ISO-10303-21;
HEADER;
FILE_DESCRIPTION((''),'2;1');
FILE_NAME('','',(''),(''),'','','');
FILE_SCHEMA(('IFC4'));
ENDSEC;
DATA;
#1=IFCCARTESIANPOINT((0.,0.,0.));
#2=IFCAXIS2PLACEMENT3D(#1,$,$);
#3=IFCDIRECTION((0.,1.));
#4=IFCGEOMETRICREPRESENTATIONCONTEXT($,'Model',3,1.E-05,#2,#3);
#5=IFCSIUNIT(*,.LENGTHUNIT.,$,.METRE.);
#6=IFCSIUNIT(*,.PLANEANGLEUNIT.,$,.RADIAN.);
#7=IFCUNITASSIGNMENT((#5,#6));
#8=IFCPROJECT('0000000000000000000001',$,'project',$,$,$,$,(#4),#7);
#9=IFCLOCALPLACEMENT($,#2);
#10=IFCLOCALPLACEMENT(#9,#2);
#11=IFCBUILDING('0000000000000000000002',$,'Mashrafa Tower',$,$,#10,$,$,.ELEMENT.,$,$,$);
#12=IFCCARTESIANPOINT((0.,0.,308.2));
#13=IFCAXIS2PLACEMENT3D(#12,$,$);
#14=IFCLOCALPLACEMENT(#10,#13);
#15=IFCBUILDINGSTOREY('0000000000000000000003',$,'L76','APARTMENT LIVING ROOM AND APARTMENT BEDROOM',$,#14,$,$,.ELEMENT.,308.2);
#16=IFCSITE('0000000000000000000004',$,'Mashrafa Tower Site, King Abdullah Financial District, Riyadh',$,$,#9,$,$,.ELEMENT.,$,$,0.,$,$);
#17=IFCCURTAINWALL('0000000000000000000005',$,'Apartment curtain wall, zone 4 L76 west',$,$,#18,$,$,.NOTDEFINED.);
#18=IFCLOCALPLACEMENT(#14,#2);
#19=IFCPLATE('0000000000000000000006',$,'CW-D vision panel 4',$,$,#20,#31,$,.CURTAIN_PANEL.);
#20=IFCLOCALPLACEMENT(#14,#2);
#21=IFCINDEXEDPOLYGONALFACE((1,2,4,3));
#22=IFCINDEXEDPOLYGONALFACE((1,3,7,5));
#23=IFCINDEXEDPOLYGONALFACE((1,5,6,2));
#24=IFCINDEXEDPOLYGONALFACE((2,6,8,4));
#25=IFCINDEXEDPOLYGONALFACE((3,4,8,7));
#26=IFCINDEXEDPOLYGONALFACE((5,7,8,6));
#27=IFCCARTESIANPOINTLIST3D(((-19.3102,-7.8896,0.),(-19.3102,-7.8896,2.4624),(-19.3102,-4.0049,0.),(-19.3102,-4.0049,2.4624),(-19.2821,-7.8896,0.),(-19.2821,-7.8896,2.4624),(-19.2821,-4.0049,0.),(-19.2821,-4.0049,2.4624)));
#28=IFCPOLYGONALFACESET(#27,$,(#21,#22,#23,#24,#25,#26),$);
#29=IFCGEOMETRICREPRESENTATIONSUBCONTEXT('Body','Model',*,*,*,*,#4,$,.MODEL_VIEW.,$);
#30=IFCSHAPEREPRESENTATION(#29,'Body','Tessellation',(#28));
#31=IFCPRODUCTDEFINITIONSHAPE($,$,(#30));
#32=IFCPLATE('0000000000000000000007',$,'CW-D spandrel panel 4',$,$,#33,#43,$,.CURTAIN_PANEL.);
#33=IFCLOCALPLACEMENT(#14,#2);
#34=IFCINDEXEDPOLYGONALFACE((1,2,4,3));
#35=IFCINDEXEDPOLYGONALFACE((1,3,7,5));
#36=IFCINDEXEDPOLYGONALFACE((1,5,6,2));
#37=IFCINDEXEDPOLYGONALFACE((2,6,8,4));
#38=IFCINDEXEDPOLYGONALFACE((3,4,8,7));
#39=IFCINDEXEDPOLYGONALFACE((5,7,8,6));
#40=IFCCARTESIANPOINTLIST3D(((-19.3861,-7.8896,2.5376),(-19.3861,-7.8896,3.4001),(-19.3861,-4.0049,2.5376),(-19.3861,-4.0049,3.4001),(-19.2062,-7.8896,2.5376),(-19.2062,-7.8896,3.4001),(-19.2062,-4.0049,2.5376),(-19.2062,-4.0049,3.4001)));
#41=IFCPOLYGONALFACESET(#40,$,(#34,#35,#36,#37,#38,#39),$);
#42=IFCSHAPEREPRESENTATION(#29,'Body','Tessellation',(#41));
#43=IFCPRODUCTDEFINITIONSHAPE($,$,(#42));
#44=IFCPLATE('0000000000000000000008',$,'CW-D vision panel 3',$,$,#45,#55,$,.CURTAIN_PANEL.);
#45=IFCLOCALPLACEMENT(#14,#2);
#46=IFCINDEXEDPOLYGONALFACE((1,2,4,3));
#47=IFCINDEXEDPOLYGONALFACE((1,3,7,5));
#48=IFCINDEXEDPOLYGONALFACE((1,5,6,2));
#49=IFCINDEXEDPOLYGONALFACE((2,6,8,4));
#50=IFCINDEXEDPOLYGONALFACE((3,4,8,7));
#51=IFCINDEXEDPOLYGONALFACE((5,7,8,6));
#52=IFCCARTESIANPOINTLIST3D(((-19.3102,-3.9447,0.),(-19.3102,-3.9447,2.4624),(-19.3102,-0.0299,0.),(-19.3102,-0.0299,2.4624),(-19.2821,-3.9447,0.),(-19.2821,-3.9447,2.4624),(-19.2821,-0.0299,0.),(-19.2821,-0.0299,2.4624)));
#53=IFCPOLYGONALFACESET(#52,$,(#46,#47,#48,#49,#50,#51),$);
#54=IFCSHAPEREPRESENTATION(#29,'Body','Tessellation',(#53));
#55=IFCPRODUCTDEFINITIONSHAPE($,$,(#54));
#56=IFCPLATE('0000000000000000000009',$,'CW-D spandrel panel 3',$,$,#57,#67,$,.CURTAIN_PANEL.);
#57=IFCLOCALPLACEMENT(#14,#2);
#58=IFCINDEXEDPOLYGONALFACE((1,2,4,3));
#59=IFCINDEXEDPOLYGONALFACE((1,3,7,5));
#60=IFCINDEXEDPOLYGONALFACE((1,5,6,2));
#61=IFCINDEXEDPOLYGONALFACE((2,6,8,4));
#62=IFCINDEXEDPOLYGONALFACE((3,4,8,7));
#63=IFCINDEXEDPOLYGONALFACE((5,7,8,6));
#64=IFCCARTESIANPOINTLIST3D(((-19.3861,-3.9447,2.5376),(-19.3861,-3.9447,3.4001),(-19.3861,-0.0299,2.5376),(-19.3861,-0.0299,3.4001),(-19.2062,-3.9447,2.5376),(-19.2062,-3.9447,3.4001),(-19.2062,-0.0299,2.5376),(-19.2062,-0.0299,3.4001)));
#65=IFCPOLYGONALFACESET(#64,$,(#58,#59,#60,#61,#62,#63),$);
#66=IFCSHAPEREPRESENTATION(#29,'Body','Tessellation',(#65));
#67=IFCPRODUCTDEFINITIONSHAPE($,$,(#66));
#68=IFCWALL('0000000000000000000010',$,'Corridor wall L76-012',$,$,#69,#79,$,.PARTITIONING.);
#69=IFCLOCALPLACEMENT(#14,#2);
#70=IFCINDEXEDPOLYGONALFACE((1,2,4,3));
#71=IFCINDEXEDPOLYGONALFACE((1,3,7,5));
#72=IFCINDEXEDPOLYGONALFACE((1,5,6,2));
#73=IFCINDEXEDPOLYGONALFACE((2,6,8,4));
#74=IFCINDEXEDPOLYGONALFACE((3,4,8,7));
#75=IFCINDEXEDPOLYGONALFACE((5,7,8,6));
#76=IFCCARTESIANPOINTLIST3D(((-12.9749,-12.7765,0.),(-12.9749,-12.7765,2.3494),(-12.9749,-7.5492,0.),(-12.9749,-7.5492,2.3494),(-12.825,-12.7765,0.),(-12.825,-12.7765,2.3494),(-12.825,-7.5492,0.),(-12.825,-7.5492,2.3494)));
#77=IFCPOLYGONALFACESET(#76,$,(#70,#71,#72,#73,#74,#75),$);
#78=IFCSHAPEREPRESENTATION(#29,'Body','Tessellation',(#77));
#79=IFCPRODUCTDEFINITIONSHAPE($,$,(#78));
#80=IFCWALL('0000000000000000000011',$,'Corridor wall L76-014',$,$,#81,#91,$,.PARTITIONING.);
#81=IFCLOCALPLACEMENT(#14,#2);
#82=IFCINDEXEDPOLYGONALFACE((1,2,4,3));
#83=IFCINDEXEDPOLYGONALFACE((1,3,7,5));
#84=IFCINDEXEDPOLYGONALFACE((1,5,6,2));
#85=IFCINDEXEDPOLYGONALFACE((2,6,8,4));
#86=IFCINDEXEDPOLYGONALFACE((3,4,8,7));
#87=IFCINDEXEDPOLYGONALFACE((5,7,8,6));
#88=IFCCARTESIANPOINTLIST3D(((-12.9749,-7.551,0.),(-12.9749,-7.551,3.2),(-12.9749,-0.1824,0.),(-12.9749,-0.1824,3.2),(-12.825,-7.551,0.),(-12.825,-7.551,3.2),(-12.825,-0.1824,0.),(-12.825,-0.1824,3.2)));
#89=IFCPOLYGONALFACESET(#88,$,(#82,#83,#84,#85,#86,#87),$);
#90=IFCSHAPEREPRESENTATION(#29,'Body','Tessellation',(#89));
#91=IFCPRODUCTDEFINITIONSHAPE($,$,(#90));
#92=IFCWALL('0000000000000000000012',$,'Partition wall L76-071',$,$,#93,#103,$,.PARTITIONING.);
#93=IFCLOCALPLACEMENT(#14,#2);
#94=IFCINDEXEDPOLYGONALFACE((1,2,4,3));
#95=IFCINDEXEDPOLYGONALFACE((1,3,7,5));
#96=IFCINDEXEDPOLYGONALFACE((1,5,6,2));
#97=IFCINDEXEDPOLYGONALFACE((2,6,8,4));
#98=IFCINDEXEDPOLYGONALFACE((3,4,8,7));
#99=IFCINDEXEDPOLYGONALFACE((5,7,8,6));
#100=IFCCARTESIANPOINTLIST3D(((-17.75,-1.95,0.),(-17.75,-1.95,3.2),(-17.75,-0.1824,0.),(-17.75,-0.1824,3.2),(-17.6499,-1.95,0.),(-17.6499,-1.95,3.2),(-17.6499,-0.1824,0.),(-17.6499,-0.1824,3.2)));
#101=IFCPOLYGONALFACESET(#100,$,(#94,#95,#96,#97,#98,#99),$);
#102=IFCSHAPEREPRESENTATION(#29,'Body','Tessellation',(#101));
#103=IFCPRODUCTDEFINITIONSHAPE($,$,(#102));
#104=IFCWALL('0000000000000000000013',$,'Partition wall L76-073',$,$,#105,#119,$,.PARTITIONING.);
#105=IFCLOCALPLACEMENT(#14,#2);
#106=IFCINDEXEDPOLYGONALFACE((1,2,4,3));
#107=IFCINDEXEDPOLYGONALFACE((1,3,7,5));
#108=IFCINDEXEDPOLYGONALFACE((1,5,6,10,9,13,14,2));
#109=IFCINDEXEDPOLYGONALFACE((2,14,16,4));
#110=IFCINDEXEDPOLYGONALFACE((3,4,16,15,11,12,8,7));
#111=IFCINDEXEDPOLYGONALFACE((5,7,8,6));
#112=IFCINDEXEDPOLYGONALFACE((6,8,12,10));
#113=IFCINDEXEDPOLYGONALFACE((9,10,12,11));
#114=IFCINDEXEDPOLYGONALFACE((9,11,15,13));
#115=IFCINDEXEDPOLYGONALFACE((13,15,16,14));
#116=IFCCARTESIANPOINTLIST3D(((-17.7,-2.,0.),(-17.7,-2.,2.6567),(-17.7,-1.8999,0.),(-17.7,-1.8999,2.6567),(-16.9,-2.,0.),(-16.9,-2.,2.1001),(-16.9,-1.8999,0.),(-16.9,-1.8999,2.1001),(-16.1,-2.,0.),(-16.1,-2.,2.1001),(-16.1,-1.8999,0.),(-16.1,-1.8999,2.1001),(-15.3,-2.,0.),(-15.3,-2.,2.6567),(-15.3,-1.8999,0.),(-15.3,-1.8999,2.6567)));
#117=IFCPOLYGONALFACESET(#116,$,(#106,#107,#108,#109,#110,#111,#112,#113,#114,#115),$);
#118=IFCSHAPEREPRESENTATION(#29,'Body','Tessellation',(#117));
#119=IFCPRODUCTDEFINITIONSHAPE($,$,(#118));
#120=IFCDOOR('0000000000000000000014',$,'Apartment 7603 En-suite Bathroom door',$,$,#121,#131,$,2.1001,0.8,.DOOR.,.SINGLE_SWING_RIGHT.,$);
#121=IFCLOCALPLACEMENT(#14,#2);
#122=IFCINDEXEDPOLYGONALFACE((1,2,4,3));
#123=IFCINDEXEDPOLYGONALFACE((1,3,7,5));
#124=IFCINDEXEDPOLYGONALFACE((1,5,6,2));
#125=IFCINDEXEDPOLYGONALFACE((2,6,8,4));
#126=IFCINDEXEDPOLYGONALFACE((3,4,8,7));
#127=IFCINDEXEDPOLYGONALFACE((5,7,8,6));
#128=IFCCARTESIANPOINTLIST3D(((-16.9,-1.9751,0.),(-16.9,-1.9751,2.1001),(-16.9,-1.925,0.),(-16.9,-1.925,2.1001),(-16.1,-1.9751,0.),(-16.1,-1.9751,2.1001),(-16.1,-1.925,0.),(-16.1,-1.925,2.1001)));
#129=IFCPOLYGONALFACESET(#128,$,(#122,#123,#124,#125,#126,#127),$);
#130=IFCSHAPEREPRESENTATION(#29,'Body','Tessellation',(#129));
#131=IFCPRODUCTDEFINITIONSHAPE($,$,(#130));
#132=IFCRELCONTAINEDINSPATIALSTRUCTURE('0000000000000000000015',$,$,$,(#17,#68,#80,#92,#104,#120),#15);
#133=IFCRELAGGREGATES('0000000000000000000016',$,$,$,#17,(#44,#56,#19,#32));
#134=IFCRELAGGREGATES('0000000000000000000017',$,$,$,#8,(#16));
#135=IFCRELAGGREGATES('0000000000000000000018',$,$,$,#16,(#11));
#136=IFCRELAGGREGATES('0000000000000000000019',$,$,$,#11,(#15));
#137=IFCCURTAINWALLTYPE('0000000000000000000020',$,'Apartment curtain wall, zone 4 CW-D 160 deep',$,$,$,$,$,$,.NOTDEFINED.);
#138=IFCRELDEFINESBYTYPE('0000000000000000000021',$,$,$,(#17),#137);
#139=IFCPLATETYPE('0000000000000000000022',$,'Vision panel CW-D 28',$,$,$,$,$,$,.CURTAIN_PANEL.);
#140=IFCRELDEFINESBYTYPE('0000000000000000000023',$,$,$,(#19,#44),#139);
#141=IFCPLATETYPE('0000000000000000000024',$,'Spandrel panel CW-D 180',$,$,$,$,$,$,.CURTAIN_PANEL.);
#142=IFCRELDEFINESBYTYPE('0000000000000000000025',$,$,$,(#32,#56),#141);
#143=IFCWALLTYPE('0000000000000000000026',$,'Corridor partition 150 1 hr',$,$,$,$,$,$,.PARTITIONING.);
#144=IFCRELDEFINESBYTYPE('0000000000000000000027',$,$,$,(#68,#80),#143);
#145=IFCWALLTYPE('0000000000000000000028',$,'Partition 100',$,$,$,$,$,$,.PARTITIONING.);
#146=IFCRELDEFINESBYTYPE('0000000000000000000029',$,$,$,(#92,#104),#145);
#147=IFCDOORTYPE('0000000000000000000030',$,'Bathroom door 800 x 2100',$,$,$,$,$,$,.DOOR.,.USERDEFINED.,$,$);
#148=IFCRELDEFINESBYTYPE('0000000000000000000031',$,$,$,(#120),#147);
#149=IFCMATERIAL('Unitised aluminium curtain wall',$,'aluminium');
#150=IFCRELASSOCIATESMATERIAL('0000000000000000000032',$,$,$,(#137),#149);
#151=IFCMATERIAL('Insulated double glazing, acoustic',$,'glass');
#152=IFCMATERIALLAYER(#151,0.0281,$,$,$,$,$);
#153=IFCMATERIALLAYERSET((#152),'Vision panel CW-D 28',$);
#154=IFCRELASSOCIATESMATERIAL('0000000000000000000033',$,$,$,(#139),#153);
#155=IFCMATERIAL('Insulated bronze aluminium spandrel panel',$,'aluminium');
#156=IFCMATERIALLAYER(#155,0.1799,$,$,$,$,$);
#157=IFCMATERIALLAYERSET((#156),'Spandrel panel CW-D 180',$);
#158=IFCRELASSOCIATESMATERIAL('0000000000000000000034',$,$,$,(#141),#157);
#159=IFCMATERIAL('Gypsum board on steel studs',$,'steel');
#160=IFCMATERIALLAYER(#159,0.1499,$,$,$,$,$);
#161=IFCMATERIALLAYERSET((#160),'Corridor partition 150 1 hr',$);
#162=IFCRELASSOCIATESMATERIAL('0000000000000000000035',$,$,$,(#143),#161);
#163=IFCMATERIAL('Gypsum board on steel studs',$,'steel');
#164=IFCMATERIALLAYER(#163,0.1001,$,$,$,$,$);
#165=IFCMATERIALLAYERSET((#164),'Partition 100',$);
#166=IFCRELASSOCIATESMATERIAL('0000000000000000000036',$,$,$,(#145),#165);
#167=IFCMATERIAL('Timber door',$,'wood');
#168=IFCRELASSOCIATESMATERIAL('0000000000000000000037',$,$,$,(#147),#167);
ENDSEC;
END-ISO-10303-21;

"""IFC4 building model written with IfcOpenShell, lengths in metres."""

from ifc_helpers import new_model, si_unit, direction, frame, frame_2d, origin, origin_2d, place, context, subcontext, project, spatial, rectangle, extrude, source, transform, mapped, material, layer, layer_set, type_object, type_shapes, element, fill, aggregate, save


model = new_model("IFC4")

# Units and contexts
model_context = context("Model", 3, precision=1e-05, world=origin(), true_north=direction((0.0, 1.0)))
body_context = subcontext(model_context, "Body", "Model", "MODEL_VIEW")
ifc_project = project(units=[si_unit("LENGTHUNIT", "METRE"), si_unit("PLANEANGLEUNIT", "RADIAN")], contexts=[model_context])

# Site, building, storey
site_placement = place(None, origin())
site = spatial("IfcSite", under=ifc_project, at=site_placement, Name="Mashrafa Tower Site, King Abdullah Financial District, Riyadh", CompositionType="ELEMENT", RefElevation=0.0)
building_placement = place(site_placement, origin())
building = spatial("IfcBuilding", under=site, at=building_placement, Name="Mashrafa Tower", CompositionType="ELEMENT")
storey_placement = place(building_placement, frame((0.0, 0.0, 308.2)))
storey = spatial("IfcBuildingStorey", under=building, at=storey_placement, Name="L76", Description="APARTMENT LIVING ROOM AND APARTMENT BEDROOM", CompositionType="ELEMENT", Elevation=308.2)

# Curtain wall, plates
ifc_material_1 = material(Name="Unitised aluminium curtain wall", Category="aluminium")
curtain_wall_type = type_object("IfcCurtainWallType", Name="Apartment curtain wall, zone 4 CW-D 160 deep", PredefinedType="NOTDEFINED", material=ifc_material_1)
curtain_wall_placement = place(storey_placement, origin())
curtain_wall = element("IfcCurtainWall", 1, at=curtain_wall_placement, inside=storey, type_object=curtain_wall_type, Name="Apartment curtain wall, zone 4 L76 west", PredefinedType="NOTDEFINED")
ifc_material_2 = material(Name="Insulated double glazing, acoustic", Category="glass")
ifc_layer_1 = layer(ifc_material_2, 0.0281)
ifc_layer_set_1 = layer_set([ifc_layer_1], Name="Vision panel CW-D 28")
plate_type_1 = type_object("IfcPlateType", Name="Vision panel CW-D 28", PredefinedType="CURTAIN_PANEL", material=ifc_layer_set_1)
shared_shape_1 = source(origin(), body_context, "Body", "SweptSolid", [
    extrude(rectangle(XDim=3.8848, YDim=0.0281, at=origin_2d()), origin(), (0.0, 0.0, 1.0), 2.4624),
])
plate_1_placement = place(storey_placement, frame((-19.2961, -5.9473, 0.0), z_axis=(0.0, 0.0, 1.0), x_axis=(0.0, -1.0, 0.0)))
plate_1 = element("IfcPlate", 2, at=plate_1_placement, type_object=plate_type_1, Name="CW-D vision panel 4", PredefinedType="CURTAIN_PANEL", context=body_context, shape_type="MappedRepresentation", body=[
    mapped(shared_shape_1, transform((0.0, 0.0, 0.0))),
])
ifc_material_3 = material(Name="Insulated bronze aluminium spandrel panel", Category="aluminium")
ifc_layer_2 = layer(ifc_material_3, 0.1799)
ifc_layer_set_2 = layer_set([ifc_layer_2], Name="Spandrel panel CW-D 180")
plate_type_2 = type_object("IfcPlateType", Name="Spandrel panel CW-D 180", PredefinedType="CURTAIN_PANEL", material=ifc_layer_set_2)
shared_shape_2 = source(origin(), body_context, "Body", "SweptSolid", [
    extrude(rectangle(XDim=3.8848, YDim=0.1799, at=origin_2d()), origin(), (0.0, 0.0, 1.0), 0.8625),
])
plate_2_placement = place(storey_placement, frame((-19.2961, -5.9473, 2.5376), z_axis=(0.0, 0.0, 1.0), x_axis=(0.0, -1.0, 0.0)))
plate_2 = element("IfcPlate", 3, at=plate_2_placement, type_object=plate_type_2, Name="CW-D spandrel panel 4", PredefinedType="CURTAIN_PANEL", context=body_context, shape_type="MappedRepresentation", body=[
    mapped(shared_shape_2, transform((0.0, 0.0, 0.0))),
])
shared_shape_3 = source(origin(), body_context, "Body", "SweptSolid", [
    extrude(rectangle(XDim=3.9148, YDim=0.0281, at=origin_2d()), origin(), (0.0, 0.0, 1.0), 2.4624),
])
type_shapes(plate_type_1, [shared_shape_1, shared_shape_3])
plate_3_placement = place(storey_placement, frame((-19.2961, -1.9873, 0.0), z_axis=(0.0, 0.0, 1.0), x_axis=(0.0, -1.0, 0.0)))
plate_3 = element("IfcPlate", 4, at=plate_3_placement, type_object=plate_type_1, Name="CW-D vision panel 3", PredefinedType="CURTAIN_PANEL", context=body_context, shape_type="MappedRepresentation", body=[
    mapped(shared_shape_3, transform((0.0, 0.0, 0.0))),
])
shared_shape_4 = source(origin(), body_context, "Body", "SweptSolid", [
    extrude(rectangle(XDim=3.9148, YDim=0.1799, at=origin_2d()), origin(), (0.0, 0.0, 1.0), 0.8625),
])
type_shapes(plate_type_2, [shared_shape_2, shared_shape_4])
plate_4_placement = place(storey_placement, frame((-19.2961, -1.9873, 2.5376), z_axis=(0.0, 0.0, 1.0), x_axis=(0.0, -1.0, 0.0)))
plate_4 = element("IfcPlate", 5, at=plate_4_placement, type_object=plate_type_2, Name="CW-D spandrel panel 3", PredefinedType="CURTAIN_PANEL", context=body_context, shape_type="MappedRepresentation", body=[
    mapped(shared_shape_4, transform((0.0, 0.0, 0.0))),
])
aggregate(curtain_wall, [plate_3, plate_4, plate_1, plate_2])

# Walls
ifc_material_4 = material(Name="Gypsum board on steel studs", Category="steel")
ifc_layer_3 = layer(ifc_material_4, 0.1499)
ifc_layer_set_3 = layer_set([ifc_layer_3], Name="Corridor partition 150 1 hr")
wall_type_1 = type_object("IfcWallType", Name="Corridor partition 150 1 hr", PredefinedType="PARTITIONING", material=ifc_layer_set_3)
wall_1_placement = place(storey_placement, frame((-12.8999, -7.5491, 0.0), z_axis=(0.0, 0.0, 1.0), x_axis=(0.0, -1.0, 0.0)))
element("IfcWall", 6, at=wall_1_placement, inside=storey, type_object=wall_type_1, Name="Corridor wall L76-012", PredefinedType="PARTITIONING", context=body_context, shape_type="SweptSolid", body=[
    extrude(rectangle(XDim=5.2273, YDim=0.1499, at=frame_2d((2.6138, 0.0))), origin(), (0.0, 0.0, 1.0), 2.3494),
])
wall_2_placement = place(storey_placement, frame((-12.8999, -0.1824, 0.0), z_axis=(0.0, 0.0, 1.0), x_axis=(0.0, -1.0, 0.0)))
element("IfcWall", 7, at=wall_2_placement, inside=storey, type_object=wall_type_1, Name="Corridor wall L76-014", PredefinedType="PARTITIONING", context=body_context, shape_type="SweptSolid", body=[
    extrude(rectangle(XDim=7.3687, YDim=0.1499, at=frame_2d((3.6843, 0.0))), origin(), (0.0, 0.0, 1.0), 3.2),
])
ifc_material_5 = material(Name="Gypsum board on steel studs", Category="steel")
ifc_layer_4 = layer(ifc_material_5, 0.1001)
ifc_layer_set_4 = layer_set([ifc_layer_4], Name="Partition 100")
wall_type_2 = type_object("IfcWallType", Name="Partition 100", PredefinedType="PARTITIONING", material=ifc_layer_set_4)
wall_3_placement = place(storey_placement, frame((-17.7, -0.1824, 0.0), z_axis=(0.0, 0.0, 1.0), x_axis=(0.0, -1.0, 0.0)))
element("IfcWall", 8, at=wall_3_placement, inside=storey, type_object=wall_type_2, Name="Partition wall L76-071", PredefinedType="PARTITIONING", context=body_context, shape_type="SweptSolid", body=[
    extrude(rectangle(XDim=1.7676, YDim=0.1001, at=frame_2d((0.8838, 0.0))), origin(), (0.0, 0.0, 1.0), 3.2),
])

# Wall, opening, door
wall_4_placement = place(storey_placement, frame((-17.7, -1.95, 0.0), z_axis=(0.0, 0.0, 1.0), x_axis=(1.0, 0.0, 0.0)))
wall_4 = element("IfcWall", 9, at=wall_4_placement, inside=storey, type_object=wall_type_2, Name="Partition wall L76-073", PredefinedType="PARTITIONING", context=body_context, shape_type="SweptSolid", body=[
    extrude(rectangle(XDim=2.3999, YDim=0.1001, at=frame_2d((1.2, 0.0))), origin(), (0.0, 0.0, 1.0), 2.6567),
])
opening_1_placement = place(wall_4_placement, frame((0.8, 0.0, 0.0)))
opening_1 = element("IfcOpeningElement", 10, at=opening_1_placement, cuts=wall_4, PredefinedType="OPENING", context=body_context, shape_type="SweptSolid", body=[
    extrude(rectangle(XDim=0.8, YDim=2.1001, at=frame_2d((0.3999, 1.05))), frame((0.0, 0.0601, 0.0), z_axis=(0.0, -1.0, 0.0), x_axis=(1.0, 0.0, 0.0)), (0.0, 0.0, 1.0), 0.1201),
])
ifc_material_6 = material(Name="Timber door", Category="wood")
door_type_1 = type_object("IfcDoorType", Name="Bathroom door 800 x 2100", OperationType="USERDEFINED", PredefinedType="DOOR", material=ifc_material_6)
door_1_placement = place(opening_1_placement, origin())
door_1 = element("IfcDoor", 11, at=door_1_placement, inside=storey, type_object=door_type_1, Name="Apartment 7603 En-suite Bathroom door", OperationType="SINGLE_SWING_RIGHT", OverallHeight=2.1001, OverallWidth=0.8, PredefinedType="DOOR", context=body_context, shape_type="SweptSolid", body=[
    extrude(rectangle(XDim=0.8, YDim=2.1001, at=frame_2d((0.3999, 1.05))), frame((0.0, 0.0249, 0.0), z_axis=(0.0, -1.0, 0.0), x_axis=(1.0, 0.0, 0.0)), (0.0, 0.0, 1.0), 0.05),
])
fill(opening_1, door_1)

save(model, "model.ifc")
